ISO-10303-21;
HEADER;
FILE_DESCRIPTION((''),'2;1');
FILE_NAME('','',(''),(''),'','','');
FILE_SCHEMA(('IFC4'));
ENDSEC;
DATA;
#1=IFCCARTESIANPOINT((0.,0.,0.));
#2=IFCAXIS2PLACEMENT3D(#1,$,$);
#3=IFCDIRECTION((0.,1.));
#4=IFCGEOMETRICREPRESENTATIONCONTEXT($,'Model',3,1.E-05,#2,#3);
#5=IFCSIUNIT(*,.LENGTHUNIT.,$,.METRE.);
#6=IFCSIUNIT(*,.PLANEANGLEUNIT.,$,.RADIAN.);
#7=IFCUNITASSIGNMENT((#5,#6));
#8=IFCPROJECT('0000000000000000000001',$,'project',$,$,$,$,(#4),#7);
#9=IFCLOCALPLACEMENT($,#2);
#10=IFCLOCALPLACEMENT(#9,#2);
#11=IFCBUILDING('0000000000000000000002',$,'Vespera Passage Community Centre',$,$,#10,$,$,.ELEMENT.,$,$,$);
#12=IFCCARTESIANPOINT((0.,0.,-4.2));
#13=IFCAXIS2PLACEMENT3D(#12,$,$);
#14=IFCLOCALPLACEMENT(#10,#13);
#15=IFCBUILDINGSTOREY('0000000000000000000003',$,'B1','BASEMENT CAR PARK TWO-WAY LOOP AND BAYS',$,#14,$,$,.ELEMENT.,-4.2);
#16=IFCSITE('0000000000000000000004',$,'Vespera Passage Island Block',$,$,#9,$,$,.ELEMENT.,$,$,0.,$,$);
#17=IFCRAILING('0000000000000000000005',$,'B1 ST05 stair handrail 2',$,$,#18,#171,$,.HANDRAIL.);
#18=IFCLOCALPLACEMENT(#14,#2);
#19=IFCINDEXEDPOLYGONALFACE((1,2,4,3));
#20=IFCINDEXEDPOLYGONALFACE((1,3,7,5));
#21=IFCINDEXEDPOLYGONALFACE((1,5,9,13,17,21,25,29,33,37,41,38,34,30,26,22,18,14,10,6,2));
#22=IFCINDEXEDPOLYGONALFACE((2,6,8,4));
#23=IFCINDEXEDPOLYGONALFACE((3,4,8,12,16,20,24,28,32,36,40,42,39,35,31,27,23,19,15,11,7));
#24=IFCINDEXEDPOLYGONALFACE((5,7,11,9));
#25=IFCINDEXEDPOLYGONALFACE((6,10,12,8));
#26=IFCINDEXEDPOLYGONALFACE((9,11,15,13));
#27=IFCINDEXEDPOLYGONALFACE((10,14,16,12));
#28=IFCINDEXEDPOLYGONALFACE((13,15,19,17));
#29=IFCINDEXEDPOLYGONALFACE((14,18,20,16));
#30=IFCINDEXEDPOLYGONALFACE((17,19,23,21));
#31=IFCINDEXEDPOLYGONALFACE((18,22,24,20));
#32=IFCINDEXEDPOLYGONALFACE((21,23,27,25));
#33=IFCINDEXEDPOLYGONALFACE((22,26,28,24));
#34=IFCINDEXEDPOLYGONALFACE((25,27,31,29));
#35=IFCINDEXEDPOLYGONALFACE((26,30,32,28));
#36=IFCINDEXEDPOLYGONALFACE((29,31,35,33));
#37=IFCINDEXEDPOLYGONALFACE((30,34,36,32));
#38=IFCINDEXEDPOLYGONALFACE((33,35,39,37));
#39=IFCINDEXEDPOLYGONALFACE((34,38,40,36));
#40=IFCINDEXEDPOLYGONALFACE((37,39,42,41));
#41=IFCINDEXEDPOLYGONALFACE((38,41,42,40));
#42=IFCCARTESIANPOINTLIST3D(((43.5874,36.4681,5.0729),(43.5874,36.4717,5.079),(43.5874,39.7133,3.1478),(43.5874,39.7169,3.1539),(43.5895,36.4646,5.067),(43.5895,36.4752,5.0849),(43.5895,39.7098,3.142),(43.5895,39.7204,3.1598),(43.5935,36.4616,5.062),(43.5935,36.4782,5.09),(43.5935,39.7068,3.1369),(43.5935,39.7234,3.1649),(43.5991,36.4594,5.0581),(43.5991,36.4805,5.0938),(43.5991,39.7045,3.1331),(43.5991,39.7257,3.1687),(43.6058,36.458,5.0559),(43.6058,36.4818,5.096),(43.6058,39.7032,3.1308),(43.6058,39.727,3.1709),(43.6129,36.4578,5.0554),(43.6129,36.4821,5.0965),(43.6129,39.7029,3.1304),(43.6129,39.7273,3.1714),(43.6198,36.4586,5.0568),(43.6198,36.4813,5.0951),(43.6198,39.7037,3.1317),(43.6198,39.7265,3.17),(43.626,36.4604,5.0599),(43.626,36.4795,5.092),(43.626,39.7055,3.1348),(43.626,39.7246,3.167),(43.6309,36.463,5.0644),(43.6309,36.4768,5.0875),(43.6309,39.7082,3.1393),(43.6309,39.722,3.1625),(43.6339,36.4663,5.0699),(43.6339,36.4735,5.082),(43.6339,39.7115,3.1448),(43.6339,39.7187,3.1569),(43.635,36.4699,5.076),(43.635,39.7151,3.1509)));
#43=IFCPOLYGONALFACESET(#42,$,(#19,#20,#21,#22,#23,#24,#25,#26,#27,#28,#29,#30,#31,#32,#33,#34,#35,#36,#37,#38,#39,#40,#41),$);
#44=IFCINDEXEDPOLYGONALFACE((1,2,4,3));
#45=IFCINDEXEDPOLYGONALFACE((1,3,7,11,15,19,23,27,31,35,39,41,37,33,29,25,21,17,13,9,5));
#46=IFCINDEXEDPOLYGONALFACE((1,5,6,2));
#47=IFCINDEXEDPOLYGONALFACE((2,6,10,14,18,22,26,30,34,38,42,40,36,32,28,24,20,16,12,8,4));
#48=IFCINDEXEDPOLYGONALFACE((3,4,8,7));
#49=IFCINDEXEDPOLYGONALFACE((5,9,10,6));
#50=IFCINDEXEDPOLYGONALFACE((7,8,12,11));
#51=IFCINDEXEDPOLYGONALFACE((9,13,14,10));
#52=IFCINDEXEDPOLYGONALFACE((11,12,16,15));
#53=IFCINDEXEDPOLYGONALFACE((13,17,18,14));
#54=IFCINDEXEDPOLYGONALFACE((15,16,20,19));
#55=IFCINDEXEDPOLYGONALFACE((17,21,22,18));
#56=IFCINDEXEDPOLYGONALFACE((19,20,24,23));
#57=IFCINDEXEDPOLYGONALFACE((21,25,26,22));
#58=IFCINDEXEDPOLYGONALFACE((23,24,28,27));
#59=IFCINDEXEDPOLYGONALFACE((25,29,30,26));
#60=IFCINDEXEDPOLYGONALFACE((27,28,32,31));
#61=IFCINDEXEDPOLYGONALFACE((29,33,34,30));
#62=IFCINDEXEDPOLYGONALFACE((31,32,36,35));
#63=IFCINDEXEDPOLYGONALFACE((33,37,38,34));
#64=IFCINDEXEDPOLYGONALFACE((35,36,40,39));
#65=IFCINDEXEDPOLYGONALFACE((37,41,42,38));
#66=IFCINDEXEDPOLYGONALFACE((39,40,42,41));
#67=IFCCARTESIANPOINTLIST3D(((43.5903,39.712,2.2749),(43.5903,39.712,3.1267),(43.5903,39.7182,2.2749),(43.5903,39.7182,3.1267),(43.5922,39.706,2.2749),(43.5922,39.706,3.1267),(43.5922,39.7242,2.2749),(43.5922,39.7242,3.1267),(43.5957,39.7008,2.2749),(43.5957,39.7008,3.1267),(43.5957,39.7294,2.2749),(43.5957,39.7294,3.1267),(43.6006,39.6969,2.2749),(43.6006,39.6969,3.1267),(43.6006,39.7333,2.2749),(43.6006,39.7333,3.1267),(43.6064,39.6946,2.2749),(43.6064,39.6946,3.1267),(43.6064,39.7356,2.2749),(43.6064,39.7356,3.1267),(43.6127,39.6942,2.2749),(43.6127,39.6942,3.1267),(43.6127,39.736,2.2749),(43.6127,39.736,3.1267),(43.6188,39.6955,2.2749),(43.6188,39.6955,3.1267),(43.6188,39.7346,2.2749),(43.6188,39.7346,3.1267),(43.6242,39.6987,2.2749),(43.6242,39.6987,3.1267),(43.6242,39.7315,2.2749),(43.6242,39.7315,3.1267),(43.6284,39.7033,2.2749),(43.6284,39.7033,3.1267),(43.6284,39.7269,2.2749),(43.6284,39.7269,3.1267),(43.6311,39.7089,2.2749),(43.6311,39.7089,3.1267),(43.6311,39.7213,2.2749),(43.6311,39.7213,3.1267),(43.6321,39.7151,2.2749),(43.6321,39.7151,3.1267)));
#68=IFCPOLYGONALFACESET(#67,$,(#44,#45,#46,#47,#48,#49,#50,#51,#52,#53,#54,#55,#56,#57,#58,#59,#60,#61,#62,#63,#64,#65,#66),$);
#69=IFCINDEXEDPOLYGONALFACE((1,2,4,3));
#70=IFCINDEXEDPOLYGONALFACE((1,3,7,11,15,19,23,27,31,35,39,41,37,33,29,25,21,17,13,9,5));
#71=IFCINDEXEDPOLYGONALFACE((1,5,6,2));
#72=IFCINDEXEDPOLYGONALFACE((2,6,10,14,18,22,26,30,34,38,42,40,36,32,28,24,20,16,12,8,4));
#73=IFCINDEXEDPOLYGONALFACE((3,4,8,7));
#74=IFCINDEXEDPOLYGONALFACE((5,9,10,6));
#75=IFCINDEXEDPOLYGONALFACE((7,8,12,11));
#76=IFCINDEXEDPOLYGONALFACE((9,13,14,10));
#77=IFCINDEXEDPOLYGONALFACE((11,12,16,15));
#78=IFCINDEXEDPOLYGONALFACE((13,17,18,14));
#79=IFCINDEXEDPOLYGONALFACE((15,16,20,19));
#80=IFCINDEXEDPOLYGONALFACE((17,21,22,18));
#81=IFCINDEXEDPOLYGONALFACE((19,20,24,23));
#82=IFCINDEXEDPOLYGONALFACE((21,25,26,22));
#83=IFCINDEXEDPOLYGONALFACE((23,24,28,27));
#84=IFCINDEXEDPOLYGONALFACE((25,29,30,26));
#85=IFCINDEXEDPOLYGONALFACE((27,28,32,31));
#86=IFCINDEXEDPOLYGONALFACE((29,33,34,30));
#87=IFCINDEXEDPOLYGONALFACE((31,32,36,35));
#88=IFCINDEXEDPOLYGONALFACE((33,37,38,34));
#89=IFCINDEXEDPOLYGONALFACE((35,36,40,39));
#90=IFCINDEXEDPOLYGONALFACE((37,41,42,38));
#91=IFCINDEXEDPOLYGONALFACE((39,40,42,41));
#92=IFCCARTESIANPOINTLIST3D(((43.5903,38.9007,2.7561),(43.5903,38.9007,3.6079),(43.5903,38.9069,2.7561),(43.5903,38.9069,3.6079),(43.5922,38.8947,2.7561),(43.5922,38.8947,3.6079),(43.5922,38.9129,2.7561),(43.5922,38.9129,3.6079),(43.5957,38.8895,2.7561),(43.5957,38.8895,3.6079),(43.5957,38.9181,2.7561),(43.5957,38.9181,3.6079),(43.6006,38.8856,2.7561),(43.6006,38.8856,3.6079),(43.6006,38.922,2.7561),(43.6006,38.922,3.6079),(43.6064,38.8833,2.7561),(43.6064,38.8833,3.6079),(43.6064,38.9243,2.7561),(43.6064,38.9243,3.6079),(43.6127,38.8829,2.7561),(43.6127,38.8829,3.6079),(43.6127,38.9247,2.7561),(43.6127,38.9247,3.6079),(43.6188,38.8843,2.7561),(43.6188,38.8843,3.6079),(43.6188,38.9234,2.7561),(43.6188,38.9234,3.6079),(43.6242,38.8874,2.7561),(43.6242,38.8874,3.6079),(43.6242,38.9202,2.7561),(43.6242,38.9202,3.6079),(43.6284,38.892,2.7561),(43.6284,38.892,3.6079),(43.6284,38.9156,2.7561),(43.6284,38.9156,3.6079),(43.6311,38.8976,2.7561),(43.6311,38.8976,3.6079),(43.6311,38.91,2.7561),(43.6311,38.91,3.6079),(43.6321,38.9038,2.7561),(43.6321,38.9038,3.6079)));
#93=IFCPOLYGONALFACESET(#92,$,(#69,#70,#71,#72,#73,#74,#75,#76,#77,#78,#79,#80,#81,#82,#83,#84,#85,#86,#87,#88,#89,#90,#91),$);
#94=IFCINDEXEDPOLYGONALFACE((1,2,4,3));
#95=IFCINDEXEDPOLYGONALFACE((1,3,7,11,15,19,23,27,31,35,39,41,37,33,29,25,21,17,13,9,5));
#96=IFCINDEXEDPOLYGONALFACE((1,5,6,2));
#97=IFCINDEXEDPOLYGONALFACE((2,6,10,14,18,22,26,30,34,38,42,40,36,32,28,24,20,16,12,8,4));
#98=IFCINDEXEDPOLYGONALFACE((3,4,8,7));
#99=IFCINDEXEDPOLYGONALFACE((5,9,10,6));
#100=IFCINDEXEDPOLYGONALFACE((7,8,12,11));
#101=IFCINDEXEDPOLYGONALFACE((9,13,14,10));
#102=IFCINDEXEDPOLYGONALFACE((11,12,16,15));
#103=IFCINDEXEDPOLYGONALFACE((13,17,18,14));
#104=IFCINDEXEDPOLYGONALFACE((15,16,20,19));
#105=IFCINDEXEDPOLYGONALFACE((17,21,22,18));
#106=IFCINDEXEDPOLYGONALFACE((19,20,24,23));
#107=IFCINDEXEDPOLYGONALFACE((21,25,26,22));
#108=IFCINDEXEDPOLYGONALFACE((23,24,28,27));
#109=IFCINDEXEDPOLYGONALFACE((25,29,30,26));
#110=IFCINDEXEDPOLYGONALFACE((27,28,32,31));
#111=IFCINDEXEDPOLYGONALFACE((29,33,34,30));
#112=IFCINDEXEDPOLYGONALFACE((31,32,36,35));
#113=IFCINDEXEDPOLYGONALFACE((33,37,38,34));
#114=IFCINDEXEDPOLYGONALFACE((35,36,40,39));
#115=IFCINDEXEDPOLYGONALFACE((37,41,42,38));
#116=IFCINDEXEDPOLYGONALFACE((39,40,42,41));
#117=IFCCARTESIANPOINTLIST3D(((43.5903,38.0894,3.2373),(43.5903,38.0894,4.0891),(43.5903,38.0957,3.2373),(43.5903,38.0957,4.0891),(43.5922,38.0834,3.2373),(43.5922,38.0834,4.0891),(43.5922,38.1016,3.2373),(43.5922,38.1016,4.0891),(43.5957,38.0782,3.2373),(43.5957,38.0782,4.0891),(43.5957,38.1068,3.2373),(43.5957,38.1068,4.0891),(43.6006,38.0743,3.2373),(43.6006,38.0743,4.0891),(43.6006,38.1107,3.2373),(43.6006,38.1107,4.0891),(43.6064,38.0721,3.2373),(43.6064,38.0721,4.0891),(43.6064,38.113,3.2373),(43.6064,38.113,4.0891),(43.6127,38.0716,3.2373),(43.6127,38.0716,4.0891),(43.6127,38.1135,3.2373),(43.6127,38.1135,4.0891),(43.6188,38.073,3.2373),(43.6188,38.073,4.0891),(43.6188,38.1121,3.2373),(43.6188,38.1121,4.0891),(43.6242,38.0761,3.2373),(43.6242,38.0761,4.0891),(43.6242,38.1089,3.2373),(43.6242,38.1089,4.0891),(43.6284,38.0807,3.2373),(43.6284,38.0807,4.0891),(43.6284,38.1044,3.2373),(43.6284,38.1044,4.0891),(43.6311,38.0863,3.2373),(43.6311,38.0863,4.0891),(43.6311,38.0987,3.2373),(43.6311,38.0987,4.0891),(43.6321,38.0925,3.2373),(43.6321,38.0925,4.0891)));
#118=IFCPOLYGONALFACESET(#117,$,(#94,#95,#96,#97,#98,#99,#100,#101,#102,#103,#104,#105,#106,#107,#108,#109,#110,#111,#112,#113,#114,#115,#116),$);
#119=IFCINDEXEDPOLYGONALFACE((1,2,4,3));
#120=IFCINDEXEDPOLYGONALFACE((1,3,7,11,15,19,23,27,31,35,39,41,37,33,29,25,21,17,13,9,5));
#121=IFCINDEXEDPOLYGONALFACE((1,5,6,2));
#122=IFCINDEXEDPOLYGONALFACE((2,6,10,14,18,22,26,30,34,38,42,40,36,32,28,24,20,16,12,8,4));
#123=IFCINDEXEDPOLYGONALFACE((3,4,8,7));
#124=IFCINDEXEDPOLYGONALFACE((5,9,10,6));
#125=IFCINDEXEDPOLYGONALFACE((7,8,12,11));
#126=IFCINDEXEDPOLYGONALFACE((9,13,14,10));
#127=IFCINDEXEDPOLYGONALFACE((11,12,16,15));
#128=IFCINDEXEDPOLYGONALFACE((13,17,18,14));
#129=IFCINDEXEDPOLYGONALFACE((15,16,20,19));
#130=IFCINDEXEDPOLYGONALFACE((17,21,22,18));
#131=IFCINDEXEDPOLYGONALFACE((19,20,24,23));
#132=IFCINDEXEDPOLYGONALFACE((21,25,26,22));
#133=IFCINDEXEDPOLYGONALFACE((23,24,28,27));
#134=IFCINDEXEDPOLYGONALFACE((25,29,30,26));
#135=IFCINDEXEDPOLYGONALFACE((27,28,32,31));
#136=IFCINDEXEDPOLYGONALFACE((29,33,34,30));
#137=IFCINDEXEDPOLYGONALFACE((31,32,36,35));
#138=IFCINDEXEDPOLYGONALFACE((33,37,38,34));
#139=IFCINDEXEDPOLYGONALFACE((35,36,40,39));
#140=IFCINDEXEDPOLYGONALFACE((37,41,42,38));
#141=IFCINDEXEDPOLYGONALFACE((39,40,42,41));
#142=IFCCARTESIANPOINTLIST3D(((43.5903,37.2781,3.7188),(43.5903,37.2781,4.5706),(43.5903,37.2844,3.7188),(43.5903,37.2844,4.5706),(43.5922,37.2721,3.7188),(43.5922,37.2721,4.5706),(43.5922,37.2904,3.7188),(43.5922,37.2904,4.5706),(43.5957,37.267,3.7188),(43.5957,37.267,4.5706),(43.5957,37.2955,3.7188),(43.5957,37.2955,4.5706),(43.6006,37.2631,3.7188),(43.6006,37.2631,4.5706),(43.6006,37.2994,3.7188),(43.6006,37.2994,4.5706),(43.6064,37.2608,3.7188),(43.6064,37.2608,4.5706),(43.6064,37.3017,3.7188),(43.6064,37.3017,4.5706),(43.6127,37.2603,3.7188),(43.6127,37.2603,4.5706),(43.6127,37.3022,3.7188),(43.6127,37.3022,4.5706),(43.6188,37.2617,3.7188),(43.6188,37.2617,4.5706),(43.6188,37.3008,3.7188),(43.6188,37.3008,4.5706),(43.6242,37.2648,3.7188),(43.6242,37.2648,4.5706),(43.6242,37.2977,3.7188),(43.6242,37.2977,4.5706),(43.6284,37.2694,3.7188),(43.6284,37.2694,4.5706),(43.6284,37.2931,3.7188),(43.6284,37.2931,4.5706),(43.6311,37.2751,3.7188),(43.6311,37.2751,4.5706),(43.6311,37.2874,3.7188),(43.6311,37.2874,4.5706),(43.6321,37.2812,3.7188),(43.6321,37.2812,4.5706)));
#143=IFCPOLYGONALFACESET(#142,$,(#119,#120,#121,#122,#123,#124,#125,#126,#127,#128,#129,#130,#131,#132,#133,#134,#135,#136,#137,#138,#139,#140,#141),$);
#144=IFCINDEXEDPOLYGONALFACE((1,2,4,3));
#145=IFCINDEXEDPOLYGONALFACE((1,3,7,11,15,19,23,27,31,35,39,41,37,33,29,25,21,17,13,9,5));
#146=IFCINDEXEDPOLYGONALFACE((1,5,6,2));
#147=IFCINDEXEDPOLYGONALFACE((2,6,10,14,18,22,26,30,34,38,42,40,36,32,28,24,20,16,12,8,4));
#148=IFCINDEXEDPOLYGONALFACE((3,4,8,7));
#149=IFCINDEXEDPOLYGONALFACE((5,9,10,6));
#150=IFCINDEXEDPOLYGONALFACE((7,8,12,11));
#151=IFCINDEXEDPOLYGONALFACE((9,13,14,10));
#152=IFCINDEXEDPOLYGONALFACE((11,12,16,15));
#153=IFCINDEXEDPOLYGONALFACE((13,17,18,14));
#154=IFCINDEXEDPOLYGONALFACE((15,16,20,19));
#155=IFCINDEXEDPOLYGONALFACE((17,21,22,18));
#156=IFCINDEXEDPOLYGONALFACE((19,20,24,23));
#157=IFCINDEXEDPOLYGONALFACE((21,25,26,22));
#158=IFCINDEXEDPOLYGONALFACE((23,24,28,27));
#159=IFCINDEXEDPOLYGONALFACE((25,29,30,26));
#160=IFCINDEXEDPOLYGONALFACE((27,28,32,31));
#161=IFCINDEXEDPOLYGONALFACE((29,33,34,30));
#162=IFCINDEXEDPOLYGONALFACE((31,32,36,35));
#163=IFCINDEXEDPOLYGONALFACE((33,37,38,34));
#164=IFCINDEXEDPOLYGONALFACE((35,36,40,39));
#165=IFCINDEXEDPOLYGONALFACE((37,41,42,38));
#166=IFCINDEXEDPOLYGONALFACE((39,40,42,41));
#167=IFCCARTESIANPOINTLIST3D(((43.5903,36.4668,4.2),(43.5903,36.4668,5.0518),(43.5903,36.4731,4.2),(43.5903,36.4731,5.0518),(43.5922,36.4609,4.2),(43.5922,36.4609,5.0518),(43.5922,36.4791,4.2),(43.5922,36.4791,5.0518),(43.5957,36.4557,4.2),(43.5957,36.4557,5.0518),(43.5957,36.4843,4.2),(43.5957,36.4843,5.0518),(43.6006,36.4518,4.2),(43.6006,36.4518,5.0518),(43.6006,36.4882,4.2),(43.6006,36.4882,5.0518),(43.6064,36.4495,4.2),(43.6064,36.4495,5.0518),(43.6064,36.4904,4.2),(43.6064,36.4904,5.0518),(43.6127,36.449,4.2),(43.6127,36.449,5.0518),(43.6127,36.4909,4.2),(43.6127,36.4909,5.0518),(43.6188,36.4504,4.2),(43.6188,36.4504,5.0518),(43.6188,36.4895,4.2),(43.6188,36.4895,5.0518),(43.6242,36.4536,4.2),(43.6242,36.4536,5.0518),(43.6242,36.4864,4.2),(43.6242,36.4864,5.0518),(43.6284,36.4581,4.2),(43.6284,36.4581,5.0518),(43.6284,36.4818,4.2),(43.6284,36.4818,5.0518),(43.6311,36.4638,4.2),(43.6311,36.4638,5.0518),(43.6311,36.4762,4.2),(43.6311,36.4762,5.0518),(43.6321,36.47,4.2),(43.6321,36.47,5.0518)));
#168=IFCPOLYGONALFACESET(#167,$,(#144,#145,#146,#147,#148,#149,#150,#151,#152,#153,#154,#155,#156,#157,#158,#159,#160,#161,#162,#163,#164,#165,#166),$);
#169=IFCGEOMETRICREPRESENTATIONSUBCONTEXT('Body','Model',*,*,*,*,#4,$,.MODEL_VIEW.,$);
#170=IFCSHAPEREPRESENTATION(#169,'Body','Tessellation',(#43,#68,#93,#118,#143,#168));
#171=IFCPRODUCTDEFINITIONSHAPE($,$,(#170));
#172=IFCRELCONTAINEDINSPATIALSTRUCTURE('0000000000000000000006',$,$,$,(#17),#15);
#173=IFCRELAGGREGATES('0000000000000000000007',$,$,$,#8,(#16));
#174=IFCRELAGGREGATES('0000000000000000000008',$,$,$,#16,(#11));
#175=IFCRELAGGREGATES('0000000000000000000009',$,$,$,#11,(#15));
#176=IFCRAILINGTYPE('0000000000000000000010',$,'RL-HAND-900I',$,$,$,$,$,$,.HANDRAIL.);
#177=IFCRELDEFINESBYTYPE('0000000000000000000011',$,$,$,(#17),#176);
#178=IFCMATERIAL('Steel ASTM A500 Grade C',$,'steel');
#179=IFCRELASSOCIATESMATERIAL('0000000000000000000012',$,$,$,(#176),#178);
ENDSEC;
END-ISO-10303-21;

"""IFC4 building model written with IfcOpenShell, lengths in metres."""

from ifc_helpers import new_model, si_unit, direction, frame, origin, origin_2d, place, context, subcontext, project, spatial, circle, extrude, material, type_object, element, save


model = new_model("IFC4")

# Units and contexts
model_context = context("Model", 3, precision=1e-05, world=origin(), true_north=direction((0.0, 1.0)))
body_context = subcontext(model_context, "Body", "Model", "MODEL_VIEW")
ifc_project = project(units=[si_unit("LENGTHUNIT", "METRE"), si_unit("PLANEANGLEUNIT", "RADIAN")], contexts=[model_context])

# Site, building, storey
site_placement = place(None, origin())
site = spatial("IfcSite", under=ifc_project, at=site_placement, Name="Vespera Passage Island Block", CompositionType="ELEMENT", RefElevation=0.0)
building_placement = place(site_placement, origin())
building = spatial("IfcBuilding", under=site, at=building_placement, Name="Vespera Passage Community Centre", CompositionType="ELEMENT")
storey_placement = place(building_placement, frame((0.0, 0.0, -4.2)))
storey = spatial("IfcBuildingStorey", under=building, at=storey_placement, Name="B1", Description="BASEMENT CAR PARK TWO-WAY LOOP AND BAYS", CompositionType="ELEMENT", Elevation=-4.2)

# Railing
ifc_material_1 = material(Name="Steel ASTM A500 Grade C", Category="steel")
railing_type_1 = type_object("IfcRailingType", Name="RL-HAND-900I", PredefinedType="HANDRAIL", material=ifc_material_1)
railing_1_placement = place(storey_placement, frame((43.6111, 39.7151, 2.2749)))
element("IfcRailing", 1, at=railing_1_placement, inside=storey, type_object=railing_type_1, Name="B1 ST05 stair handrail 2", PredefinedType="HANDRAIL", context=body_context, shape_type="SweptSolid", body=[
    extrude(circle(Radius=0.0239, at=origin_2d()), frame((0.0, 0.0, 0.876), z_axis=(0.0, -0.860057, 0.510198), x_axis=(1.0, 0.0, 0.0)), (0.0, 0.0, 1.0), 3.7732),
    extrude(circle(Radius=0.021, at=origin_2d()), origin(), (0.0, 0.0, 1.0), 0.8518),
    extrude(circle(Radius=0.021, at=origin_2d()), frame((0.0, -0.8113, 0.4812)), (0.0, 0.0, 1.0), 0.8518),
    extrude(circle(Radius=0.021, at=origin_2d()), frame((0.0, -1.6226, 0.9624)), (0.0, 0.0, 1.0), 0.8518),
    extrude(circle(Radius=0.021, at=origin_2d()), frame((0.0, -2.4338, 1.4438)), (0.0, 0.0, 1.0), 0.8518),
    extrude(circle(Radius=0.021, at=origin_2d()), frame((0.0, -3.2451, 1.925)), (0.0, 0.0, 1.0), 0.8518),
])

save(model, "model.ifc")
